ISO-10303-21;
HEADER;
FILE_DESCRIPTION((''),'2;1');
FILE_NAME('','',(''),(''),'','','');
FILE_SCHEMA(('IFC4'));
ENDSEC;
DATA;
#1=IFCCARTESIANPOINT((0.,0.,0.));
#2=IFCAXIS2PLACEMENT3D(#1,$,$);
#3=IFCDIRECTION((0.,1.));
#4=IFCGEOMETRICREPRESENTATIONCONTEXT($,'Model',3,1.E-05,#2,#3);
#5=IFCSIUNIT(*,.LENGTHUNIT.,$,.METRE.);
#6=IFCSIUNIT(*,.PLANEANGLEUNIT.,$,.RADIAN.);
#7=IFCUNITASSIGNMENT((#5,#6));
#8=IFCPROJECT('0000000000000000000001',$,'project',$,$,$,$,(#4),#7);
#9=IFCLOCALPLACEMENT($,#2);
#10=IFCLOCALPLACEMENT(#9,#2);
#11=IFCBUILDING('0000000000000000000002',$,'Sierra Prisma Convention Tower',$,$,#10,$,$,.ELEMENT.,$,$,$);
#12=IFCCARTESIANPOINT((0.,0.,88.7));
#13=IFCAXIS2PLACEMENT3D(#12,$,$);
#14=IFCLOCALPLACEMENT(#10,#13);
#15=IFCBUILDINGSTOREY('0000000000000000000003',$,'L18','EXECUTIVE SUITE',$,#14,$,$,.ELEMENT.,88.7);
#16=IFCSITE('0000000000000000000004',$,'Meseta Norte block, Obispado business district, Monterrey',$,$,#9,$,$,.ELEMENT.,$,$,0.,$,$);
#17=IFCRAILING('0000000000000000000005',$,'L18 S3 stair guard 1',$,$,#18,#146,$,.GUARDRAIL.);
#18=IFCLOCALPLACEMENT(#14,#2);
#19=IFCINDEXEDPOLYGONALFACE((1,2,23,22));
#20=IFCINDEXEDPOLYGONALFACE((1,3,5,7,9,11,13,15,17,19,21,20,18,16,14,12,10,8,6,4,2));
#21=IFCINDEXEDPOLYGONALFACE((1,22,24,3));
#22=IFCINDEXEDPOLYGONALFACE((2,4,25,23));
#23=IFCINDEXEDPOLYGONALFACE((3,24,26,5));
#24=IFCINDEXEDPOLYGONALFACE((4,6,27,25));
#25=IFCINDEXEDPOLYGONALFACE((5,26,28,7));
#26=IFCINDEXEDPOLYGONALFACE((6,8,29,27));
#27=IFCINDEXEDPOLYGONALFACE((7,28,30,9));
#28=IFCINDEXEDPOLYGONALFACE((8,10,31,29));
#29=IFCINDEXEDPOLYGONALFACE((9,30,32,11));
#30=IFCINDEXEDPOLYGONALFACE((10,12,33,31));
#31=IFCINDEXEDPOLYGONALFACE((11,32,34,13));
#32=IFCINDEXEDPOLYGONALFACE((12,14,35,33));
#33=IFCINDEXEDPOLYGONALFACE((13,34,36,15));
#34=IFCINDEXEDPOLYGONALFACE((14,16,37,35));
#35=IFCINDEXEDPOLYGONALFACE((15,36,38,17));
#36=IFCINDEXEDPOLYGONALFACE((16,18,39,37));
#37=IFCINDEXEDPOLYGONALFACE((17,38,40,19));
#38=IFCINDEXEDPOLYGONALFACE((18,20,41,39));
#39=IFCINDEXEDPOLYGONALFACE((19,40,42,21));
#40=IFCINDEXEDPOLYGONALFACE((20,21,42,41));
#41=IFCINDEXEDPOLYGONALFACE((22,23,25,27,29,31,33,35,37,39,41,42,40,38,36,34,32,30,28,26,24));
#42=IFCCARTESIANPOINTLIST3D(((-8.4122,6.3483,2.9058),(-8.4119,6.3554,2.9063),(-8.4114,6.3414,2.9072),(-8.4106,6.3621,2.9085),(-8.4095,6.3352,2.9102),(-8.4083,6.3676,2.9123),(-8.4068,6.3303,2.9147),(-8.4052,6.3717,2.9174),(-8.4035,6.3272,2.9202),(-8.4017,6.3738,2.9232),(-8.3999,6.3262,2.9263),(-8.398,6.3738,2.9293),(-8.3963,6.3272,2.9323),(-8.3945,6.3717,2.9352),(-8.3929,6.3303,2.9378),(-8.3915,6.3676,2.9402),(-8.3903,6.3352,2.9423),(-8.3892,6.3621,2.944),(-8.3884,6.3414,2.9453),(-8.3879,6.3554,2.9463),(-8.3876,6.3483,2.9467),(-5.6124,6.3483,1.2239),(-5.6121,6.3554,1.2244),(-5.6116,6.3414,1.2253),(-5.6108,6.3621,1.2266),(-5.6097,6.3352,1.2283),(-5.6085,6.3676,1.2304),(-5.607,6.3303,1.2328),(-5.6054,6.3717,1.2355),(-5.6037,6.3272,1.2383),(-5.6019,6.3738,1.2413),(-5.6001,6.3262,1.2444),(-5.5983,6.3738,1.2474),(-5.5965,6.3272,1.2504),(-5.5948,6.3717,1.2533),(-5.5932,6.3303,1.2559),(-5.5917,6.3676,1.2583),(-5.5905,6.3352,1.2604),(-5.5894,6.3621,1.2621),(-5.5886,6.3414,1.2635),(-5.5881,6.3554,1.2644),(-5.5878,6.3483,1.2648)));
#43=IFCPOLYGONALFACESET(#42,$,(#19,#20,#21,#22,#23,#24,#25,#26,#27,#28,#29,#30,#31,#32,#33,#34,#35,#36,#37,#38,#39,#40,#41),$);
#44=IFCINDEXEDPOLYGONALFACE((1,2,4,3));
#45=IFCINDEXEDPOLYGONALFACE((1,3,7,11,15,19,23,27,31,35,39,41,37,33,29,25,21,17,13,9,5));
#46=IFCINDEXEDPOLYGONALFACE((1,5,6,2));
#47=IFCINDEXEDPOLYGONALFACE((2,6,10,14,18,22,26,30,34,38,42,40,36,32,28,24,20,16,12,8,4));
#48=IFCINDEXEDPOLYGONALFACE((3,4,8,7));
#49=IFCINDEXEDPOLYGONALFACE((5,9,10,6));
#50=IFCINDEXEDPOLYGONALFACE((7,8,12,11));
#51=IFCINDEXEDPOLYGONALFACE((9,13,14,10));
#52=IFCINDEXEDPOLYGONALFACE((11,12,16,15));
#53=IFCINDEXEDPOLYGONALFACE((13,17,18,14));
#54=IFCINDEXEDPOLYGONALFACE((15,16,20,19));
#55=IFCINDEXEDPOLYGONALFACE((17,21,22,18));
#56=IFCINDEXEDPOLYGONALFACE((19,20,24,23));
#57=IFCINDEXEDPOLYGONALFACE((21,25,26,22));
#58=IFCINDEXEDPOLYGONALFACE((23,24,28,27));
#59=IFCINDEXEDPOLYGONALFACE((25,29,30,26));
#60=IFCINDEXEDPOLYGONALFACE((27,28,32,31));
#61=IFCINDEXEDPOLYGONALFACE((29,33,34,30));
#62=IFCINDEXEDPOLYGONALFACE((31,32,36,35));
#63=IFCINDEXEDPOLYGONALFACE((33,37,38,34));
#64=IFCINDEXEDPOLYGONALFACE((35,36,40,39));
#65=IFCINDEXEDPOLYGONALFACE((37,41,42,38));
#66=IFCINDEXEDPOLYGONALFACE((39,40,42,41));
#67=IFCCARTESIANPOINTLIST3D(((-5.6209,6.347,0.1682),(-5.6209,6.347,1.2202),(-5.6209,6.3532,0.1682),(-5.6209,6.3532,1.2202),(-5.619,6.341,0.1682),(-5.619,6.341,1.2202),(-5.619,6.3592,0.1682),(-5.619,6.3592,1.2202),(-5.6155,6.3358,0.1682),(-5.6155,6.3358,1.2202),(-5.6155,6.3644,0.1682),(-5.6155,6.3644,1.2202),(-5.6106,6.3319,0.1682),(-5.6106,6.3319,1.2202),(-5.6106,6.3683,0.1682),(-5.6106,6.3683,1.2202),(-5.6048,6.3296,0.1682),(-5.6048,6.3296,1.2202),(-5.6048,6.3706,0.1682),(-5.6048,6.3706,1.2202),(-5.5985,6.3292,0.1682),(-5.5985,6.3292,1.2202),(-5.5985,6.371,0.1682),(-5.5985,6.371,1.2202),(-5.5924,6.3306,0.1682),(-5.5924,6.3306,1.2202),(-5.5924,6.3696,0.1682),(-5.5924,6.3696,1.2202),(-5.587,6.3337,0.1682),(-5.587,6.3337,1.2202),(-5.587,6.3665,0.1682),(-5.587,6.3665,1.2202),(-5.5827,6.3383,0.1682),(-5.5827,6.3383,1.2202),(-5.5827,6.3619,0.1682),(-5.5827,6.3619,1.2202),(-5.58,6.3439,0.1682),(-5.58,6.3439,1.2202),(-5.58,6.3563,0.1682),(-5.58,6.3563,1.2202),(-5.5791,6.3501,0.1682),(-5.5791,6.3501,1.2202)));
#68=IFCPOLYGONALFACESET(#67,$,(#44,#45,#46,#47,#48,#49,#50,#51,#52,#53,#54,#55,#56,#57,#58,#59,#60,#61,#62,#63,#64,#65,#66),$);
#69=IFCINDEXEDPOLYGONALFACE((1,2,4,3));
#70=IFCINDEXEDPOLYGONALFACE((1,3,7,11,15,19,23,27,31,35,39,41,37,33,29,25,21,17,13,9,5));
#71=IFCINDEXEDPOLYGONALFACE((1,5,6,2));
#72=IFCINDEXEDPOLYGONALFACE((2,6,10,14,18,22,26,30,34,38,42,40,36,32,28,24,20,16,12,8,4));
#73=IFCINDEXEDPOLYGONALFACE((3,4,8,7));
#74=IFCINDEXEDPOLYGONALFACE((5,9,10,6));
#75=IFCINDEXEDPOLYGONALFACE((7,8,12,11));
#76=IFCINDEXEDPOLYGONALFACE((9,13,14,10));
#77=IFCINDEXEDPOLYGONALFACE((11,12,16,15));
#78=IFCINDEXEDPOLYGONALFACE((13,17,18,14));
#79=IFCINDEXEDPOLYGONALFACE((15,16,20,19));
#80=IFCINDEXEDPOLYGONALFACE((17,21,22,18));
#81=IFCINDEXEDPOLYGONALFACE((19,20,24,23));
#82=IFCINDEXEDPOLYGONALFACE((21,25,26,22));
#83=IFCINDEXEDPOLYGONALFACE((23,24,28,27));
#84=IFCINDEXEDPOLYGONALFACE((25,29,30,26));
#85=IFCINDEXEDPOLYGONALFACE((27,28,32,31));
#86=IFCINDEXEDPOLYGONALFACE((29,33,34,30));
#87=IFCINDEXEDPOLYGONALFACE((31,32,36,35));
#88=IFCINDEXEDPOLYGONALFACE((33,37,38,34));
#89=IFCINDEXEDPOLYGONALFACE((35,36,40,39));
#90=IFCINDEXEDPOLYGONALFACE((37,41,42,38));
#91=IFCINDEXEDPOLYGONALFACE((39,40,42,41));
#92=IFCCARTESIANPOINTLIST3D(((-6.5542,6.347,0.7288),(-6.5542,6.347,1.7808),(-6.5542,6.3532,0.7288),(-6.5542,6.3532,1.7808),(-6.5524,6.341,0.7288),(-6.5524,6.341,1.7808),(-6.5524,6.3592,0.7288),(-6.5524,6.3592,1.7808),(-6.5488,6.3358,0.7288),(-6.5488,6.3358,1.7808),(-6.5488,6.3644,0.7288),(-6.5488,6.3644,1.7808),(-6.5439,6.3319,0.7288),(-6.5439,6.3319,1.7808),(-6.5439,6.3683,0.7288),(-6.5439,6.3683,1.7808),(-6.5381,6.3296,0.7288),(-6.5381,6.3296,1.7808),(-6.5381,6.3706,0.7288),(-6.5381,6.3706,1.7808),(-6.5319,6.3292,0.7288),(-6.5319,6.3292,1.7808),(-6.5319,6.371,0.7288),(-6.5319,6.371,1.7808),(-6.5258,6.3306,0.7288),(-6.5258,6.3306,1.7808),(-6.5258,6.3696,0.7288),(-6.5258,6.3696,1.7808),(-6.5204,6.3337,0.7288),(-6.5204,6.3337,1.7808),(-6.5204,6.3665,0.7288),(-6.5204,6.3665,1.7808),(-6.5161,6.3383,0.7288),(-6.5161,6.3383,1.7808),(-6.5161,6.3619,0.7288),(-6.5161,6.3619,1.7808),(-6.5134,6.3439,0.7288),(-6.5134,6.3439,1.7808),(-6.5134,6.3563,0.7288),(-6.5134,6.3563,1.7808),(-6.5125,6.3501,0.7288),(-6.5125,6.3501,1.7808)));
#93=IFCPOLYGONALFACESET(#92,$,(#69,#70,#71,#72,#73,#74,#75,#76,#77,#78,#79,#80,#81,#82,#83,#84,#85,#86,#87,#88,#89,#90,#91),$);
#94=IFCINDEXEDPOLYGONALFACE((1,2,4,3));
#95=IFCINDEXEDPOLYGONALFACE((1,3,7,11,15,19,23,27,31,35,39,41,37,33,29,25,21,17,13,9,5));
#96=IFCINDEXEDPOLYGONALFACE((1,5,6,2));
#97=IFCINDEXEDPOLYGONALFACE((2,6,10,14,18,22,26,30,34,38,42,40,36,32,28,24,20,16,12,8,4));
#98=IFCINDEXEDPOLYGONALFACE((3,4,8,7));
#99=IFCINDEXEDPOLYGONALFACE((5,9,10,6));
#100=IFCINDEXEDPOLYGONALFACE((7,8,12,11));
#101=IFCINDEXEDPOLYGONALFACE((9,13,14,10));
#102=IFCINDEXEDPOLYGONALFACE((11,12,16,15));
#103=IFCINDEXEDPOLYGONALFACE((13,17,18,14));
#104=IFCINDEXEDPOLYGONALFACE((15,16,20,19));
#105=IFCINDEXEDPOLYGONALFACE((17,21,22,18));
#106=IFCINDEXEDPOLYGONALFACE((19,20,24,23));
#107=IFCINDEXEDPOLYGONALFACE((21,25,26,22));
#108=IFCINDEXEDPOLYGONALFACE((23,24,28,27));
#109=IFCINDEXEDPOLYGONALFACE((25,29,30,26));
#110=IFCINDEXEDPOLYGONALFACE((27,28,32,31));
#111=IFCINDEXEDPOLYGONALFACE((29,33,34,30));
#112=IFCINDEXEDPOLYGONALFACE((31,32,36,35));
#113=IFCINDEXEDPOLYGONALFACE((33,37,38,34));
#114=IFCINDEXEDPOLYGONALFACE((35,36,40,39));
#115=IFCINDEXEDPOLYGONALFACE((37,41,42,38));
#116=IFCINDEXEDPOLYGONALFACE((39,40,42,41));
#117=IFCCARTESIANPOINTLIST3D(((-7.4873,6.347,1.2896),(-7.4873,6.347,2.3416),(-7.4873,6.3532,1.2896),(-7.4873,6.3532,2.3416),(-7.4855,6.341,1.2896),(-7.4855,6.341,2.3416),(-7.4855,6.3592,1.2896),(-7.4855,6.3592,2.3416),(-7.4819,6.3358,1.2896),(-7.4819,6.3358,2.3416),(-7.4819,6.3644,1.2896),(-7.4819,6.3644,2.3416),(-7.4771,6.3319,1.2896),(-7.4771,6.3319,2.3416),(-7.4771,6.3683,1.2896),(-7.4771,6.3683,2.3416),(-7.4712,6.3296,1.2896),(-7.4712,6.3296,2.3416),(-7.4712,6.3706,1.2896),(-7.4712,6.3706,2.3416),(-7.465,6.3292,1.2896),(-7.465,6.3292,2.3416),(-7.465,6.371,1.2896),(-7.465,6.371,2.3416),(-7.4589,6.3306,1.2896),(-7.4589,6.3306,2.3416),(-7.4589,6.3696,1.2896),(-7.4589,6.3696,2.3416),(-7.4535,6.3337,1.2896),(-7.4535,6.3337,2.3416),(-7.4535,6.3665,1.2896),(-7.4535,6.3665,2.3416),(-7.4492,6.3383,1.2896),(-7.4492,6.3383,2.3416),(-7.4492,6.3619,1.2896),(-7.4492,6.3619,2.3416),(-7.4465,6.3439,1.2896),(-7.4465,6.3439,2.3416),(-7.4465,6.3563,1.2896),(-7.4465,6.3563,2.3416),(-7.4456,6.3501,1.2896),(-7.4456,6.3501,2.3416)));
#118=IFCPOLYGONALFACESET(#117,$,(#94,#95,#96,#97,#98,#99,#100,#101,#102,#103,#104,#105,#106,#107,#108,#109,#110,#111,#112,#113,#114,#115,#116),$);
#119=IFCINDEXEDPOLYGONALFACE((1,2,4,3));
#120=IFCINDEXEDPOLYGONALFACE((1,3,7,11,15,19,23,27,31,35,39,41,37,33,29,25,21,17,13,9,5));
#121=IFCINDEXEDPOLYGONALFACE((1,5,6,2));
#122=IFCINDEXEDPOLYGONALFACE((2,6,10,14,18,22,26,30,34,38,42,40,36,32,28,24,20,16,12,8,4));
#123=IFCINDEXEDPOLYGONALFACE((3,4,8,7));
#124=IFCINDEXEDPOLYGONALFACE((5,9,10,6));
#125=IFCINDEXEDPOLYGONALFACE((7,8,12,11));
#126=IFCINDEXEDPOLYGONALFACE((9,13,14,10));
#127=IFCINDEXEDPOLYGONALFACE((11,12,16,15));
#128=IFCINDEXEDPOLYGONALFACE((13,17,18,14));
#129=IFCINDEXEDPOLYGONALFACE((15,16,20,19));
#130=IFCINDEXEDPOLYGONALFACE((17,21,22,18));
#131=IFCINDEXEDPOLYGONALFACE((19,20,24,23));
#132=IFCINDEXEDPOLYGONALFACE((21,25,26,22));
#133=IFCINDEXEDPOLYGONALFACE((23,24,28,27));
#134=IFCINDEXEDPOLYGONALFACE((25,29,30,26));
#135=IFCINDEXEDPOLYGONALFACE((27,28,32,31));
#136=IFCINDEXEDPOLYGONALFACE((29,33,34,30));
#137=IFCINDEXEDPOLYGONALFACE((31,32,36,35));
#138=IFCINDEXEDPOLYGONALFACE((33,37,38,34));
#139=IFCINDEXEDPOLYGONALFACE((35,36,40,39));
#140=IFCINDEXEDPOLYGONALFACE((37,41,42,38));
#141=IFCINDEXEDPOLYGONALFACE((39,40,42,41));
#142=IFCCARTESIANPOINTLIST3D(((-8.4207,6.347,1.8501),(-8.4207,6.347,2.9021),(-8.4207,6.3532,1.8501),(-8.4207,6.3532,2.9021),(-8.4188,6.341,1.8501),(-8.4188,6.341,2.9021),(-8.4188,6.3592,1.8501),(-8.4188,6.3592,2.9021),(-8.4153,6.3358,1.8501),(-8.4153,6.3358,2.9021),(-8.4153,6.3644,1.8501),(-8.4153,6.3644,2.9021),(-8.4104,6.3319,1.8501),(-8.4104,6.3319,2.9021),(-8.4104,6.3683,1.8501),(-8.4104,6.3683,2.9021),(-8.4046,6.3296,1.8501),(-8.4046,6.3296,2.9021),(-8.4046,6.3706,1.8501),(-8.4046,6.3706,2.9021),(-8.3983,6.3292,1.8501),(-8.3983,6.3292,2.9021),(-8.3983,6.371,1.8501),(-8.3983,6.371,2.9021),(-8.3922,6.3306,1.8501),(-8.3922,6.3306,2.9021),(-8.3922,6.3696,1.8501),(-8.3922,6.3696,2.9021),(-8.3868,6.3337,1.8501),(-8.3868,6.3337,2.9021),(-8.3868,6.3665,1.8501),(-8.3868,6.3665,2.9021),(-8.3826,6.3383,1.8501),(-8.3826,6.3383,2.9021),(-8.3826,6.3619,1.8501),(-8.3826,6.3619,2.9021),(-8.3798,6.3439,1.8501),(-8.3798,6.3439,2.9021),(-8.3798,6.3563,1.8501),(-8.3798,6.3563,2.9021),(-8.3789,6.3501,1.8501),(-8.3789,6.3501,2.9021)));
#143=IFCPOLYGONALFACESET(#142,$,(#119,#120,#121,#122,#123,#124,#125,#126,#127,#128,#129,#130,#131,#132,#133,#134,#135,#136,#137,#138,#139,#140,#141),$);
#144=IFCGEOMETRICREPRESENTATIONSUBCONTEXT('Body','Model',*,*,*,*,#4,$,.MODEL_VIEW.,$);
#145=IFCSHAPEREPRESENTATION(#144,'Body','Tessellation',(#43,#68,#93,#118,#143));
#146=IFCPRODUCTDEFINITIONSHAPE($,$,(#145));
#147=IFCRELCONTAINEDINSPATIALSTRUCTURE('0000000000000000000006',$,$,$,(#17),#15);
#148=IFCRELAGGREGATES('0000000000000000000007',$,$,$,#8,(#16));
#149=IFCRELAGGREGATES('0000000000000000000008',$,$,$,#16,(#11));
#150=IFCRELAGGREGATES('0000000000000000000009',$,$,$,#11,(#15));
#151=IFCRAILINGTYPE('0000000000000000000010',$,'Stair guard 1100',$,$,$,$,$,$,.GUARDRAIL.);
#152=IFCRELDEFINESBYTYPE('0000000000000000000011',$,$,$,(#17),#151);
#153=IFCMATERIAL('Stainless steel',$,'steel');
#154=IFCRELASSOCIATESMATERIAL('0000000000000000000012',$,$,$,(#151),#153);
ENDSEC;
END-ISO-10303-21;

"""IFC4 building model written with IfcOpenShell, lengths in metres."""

from ifc_helpers import new_model, si_unit, direction, frame, origin, origin_2d, place, context, subcontext, project, spatial, circle, extrude, material, type_object, element, save


model = new_model("IFC4")

# Units and contexts
model_context = context("Model", 3, precision=1e-05, world=origin(), true_north=direction((0.0, 1.0)))
body_context = subcontext(model_context, "Body", "Model", "MODEL_VIEW")
ifc_project = project(units=[si_unit("LENGTHUNIT", "METRE"), si_unit("PLANEANGLEUNIT", "RADIAN")], contexts=[model_context])

# Site, building, storey
site_placement = place(None, origin())
site = spatial("IfcSite", under=ifc_project, at=site_placement, Name="Meseta Norte block, Obispado business district, Monterrey", CompositionType="ELEMENT", RefElevation=0.0)
building_placement = place(site_placement, origin())
building = spatial("IfcBuilding", under=site, at=building_placement, Name="Sierra Prisma Convention Tower", CompositionType="ELEMENT")
storey_placement = place(building_placement, frame((0.0, 0.0, 88.7)))
storey = spatial("IfcBuildingStorey", under=building, at=storey_placement, Name="L18", Description="EXECUTIVE SUITE", CompositionType="ELEMENT", Elevation=88.7)

# Railing
ifc_material_1 = material(Name="Stainless steel", Category="steel")
railing_type_1 = type_object("IfcRailingType", Name="Stair guard 1100", PredefinedType="GUARDRAIL", material=ifc_material_1)
railing_1_placement = place(storey_placement, frame((-5.6001, 6.3501, 0.1682)))
element("IfcRailing", 1, at=railing_1_placement, inside=storey, type_object=railing_type_1, Name="L18 S3 stair guard 1", PredefinedType="GUARDRAIL", context=body_context, shape_type="SweptSolid", body=[
    extrude(circle(Radius=0.0239, at=origin_2d()), frame((0.0, 0.0, 1.0762), z_axis=(-0.857222, 0.0, 0.514946), x_axis=(0.0, -1.0, 0.0)), (0.0, 0.0, 1.0), 3.2661),
    extrude(circle(Radius=0.021, at=origin_2d()), origin(), (0.0, 0.0, 1.0), 1.052),
    extrude(circle(Radius=0.021, at=origin_2d()), frame((-0.9333, 0.0, 0.5605)), (0.0, 0.0, 1.0), 1.052),
    extrude(circle(Radius=0.021, at=origin_2d()), frame((-1.8665, 0.0, 1.1213)), (0.0, 0.0, 1.0), 1.052),
    extrude(circle(Radius=0.021, at=origin_2d()), frame((-2.7998, 0.0, 1.6819)), (0.0, 0.0, 1.0), 1.052),
])

save(model, "model.ifc")
